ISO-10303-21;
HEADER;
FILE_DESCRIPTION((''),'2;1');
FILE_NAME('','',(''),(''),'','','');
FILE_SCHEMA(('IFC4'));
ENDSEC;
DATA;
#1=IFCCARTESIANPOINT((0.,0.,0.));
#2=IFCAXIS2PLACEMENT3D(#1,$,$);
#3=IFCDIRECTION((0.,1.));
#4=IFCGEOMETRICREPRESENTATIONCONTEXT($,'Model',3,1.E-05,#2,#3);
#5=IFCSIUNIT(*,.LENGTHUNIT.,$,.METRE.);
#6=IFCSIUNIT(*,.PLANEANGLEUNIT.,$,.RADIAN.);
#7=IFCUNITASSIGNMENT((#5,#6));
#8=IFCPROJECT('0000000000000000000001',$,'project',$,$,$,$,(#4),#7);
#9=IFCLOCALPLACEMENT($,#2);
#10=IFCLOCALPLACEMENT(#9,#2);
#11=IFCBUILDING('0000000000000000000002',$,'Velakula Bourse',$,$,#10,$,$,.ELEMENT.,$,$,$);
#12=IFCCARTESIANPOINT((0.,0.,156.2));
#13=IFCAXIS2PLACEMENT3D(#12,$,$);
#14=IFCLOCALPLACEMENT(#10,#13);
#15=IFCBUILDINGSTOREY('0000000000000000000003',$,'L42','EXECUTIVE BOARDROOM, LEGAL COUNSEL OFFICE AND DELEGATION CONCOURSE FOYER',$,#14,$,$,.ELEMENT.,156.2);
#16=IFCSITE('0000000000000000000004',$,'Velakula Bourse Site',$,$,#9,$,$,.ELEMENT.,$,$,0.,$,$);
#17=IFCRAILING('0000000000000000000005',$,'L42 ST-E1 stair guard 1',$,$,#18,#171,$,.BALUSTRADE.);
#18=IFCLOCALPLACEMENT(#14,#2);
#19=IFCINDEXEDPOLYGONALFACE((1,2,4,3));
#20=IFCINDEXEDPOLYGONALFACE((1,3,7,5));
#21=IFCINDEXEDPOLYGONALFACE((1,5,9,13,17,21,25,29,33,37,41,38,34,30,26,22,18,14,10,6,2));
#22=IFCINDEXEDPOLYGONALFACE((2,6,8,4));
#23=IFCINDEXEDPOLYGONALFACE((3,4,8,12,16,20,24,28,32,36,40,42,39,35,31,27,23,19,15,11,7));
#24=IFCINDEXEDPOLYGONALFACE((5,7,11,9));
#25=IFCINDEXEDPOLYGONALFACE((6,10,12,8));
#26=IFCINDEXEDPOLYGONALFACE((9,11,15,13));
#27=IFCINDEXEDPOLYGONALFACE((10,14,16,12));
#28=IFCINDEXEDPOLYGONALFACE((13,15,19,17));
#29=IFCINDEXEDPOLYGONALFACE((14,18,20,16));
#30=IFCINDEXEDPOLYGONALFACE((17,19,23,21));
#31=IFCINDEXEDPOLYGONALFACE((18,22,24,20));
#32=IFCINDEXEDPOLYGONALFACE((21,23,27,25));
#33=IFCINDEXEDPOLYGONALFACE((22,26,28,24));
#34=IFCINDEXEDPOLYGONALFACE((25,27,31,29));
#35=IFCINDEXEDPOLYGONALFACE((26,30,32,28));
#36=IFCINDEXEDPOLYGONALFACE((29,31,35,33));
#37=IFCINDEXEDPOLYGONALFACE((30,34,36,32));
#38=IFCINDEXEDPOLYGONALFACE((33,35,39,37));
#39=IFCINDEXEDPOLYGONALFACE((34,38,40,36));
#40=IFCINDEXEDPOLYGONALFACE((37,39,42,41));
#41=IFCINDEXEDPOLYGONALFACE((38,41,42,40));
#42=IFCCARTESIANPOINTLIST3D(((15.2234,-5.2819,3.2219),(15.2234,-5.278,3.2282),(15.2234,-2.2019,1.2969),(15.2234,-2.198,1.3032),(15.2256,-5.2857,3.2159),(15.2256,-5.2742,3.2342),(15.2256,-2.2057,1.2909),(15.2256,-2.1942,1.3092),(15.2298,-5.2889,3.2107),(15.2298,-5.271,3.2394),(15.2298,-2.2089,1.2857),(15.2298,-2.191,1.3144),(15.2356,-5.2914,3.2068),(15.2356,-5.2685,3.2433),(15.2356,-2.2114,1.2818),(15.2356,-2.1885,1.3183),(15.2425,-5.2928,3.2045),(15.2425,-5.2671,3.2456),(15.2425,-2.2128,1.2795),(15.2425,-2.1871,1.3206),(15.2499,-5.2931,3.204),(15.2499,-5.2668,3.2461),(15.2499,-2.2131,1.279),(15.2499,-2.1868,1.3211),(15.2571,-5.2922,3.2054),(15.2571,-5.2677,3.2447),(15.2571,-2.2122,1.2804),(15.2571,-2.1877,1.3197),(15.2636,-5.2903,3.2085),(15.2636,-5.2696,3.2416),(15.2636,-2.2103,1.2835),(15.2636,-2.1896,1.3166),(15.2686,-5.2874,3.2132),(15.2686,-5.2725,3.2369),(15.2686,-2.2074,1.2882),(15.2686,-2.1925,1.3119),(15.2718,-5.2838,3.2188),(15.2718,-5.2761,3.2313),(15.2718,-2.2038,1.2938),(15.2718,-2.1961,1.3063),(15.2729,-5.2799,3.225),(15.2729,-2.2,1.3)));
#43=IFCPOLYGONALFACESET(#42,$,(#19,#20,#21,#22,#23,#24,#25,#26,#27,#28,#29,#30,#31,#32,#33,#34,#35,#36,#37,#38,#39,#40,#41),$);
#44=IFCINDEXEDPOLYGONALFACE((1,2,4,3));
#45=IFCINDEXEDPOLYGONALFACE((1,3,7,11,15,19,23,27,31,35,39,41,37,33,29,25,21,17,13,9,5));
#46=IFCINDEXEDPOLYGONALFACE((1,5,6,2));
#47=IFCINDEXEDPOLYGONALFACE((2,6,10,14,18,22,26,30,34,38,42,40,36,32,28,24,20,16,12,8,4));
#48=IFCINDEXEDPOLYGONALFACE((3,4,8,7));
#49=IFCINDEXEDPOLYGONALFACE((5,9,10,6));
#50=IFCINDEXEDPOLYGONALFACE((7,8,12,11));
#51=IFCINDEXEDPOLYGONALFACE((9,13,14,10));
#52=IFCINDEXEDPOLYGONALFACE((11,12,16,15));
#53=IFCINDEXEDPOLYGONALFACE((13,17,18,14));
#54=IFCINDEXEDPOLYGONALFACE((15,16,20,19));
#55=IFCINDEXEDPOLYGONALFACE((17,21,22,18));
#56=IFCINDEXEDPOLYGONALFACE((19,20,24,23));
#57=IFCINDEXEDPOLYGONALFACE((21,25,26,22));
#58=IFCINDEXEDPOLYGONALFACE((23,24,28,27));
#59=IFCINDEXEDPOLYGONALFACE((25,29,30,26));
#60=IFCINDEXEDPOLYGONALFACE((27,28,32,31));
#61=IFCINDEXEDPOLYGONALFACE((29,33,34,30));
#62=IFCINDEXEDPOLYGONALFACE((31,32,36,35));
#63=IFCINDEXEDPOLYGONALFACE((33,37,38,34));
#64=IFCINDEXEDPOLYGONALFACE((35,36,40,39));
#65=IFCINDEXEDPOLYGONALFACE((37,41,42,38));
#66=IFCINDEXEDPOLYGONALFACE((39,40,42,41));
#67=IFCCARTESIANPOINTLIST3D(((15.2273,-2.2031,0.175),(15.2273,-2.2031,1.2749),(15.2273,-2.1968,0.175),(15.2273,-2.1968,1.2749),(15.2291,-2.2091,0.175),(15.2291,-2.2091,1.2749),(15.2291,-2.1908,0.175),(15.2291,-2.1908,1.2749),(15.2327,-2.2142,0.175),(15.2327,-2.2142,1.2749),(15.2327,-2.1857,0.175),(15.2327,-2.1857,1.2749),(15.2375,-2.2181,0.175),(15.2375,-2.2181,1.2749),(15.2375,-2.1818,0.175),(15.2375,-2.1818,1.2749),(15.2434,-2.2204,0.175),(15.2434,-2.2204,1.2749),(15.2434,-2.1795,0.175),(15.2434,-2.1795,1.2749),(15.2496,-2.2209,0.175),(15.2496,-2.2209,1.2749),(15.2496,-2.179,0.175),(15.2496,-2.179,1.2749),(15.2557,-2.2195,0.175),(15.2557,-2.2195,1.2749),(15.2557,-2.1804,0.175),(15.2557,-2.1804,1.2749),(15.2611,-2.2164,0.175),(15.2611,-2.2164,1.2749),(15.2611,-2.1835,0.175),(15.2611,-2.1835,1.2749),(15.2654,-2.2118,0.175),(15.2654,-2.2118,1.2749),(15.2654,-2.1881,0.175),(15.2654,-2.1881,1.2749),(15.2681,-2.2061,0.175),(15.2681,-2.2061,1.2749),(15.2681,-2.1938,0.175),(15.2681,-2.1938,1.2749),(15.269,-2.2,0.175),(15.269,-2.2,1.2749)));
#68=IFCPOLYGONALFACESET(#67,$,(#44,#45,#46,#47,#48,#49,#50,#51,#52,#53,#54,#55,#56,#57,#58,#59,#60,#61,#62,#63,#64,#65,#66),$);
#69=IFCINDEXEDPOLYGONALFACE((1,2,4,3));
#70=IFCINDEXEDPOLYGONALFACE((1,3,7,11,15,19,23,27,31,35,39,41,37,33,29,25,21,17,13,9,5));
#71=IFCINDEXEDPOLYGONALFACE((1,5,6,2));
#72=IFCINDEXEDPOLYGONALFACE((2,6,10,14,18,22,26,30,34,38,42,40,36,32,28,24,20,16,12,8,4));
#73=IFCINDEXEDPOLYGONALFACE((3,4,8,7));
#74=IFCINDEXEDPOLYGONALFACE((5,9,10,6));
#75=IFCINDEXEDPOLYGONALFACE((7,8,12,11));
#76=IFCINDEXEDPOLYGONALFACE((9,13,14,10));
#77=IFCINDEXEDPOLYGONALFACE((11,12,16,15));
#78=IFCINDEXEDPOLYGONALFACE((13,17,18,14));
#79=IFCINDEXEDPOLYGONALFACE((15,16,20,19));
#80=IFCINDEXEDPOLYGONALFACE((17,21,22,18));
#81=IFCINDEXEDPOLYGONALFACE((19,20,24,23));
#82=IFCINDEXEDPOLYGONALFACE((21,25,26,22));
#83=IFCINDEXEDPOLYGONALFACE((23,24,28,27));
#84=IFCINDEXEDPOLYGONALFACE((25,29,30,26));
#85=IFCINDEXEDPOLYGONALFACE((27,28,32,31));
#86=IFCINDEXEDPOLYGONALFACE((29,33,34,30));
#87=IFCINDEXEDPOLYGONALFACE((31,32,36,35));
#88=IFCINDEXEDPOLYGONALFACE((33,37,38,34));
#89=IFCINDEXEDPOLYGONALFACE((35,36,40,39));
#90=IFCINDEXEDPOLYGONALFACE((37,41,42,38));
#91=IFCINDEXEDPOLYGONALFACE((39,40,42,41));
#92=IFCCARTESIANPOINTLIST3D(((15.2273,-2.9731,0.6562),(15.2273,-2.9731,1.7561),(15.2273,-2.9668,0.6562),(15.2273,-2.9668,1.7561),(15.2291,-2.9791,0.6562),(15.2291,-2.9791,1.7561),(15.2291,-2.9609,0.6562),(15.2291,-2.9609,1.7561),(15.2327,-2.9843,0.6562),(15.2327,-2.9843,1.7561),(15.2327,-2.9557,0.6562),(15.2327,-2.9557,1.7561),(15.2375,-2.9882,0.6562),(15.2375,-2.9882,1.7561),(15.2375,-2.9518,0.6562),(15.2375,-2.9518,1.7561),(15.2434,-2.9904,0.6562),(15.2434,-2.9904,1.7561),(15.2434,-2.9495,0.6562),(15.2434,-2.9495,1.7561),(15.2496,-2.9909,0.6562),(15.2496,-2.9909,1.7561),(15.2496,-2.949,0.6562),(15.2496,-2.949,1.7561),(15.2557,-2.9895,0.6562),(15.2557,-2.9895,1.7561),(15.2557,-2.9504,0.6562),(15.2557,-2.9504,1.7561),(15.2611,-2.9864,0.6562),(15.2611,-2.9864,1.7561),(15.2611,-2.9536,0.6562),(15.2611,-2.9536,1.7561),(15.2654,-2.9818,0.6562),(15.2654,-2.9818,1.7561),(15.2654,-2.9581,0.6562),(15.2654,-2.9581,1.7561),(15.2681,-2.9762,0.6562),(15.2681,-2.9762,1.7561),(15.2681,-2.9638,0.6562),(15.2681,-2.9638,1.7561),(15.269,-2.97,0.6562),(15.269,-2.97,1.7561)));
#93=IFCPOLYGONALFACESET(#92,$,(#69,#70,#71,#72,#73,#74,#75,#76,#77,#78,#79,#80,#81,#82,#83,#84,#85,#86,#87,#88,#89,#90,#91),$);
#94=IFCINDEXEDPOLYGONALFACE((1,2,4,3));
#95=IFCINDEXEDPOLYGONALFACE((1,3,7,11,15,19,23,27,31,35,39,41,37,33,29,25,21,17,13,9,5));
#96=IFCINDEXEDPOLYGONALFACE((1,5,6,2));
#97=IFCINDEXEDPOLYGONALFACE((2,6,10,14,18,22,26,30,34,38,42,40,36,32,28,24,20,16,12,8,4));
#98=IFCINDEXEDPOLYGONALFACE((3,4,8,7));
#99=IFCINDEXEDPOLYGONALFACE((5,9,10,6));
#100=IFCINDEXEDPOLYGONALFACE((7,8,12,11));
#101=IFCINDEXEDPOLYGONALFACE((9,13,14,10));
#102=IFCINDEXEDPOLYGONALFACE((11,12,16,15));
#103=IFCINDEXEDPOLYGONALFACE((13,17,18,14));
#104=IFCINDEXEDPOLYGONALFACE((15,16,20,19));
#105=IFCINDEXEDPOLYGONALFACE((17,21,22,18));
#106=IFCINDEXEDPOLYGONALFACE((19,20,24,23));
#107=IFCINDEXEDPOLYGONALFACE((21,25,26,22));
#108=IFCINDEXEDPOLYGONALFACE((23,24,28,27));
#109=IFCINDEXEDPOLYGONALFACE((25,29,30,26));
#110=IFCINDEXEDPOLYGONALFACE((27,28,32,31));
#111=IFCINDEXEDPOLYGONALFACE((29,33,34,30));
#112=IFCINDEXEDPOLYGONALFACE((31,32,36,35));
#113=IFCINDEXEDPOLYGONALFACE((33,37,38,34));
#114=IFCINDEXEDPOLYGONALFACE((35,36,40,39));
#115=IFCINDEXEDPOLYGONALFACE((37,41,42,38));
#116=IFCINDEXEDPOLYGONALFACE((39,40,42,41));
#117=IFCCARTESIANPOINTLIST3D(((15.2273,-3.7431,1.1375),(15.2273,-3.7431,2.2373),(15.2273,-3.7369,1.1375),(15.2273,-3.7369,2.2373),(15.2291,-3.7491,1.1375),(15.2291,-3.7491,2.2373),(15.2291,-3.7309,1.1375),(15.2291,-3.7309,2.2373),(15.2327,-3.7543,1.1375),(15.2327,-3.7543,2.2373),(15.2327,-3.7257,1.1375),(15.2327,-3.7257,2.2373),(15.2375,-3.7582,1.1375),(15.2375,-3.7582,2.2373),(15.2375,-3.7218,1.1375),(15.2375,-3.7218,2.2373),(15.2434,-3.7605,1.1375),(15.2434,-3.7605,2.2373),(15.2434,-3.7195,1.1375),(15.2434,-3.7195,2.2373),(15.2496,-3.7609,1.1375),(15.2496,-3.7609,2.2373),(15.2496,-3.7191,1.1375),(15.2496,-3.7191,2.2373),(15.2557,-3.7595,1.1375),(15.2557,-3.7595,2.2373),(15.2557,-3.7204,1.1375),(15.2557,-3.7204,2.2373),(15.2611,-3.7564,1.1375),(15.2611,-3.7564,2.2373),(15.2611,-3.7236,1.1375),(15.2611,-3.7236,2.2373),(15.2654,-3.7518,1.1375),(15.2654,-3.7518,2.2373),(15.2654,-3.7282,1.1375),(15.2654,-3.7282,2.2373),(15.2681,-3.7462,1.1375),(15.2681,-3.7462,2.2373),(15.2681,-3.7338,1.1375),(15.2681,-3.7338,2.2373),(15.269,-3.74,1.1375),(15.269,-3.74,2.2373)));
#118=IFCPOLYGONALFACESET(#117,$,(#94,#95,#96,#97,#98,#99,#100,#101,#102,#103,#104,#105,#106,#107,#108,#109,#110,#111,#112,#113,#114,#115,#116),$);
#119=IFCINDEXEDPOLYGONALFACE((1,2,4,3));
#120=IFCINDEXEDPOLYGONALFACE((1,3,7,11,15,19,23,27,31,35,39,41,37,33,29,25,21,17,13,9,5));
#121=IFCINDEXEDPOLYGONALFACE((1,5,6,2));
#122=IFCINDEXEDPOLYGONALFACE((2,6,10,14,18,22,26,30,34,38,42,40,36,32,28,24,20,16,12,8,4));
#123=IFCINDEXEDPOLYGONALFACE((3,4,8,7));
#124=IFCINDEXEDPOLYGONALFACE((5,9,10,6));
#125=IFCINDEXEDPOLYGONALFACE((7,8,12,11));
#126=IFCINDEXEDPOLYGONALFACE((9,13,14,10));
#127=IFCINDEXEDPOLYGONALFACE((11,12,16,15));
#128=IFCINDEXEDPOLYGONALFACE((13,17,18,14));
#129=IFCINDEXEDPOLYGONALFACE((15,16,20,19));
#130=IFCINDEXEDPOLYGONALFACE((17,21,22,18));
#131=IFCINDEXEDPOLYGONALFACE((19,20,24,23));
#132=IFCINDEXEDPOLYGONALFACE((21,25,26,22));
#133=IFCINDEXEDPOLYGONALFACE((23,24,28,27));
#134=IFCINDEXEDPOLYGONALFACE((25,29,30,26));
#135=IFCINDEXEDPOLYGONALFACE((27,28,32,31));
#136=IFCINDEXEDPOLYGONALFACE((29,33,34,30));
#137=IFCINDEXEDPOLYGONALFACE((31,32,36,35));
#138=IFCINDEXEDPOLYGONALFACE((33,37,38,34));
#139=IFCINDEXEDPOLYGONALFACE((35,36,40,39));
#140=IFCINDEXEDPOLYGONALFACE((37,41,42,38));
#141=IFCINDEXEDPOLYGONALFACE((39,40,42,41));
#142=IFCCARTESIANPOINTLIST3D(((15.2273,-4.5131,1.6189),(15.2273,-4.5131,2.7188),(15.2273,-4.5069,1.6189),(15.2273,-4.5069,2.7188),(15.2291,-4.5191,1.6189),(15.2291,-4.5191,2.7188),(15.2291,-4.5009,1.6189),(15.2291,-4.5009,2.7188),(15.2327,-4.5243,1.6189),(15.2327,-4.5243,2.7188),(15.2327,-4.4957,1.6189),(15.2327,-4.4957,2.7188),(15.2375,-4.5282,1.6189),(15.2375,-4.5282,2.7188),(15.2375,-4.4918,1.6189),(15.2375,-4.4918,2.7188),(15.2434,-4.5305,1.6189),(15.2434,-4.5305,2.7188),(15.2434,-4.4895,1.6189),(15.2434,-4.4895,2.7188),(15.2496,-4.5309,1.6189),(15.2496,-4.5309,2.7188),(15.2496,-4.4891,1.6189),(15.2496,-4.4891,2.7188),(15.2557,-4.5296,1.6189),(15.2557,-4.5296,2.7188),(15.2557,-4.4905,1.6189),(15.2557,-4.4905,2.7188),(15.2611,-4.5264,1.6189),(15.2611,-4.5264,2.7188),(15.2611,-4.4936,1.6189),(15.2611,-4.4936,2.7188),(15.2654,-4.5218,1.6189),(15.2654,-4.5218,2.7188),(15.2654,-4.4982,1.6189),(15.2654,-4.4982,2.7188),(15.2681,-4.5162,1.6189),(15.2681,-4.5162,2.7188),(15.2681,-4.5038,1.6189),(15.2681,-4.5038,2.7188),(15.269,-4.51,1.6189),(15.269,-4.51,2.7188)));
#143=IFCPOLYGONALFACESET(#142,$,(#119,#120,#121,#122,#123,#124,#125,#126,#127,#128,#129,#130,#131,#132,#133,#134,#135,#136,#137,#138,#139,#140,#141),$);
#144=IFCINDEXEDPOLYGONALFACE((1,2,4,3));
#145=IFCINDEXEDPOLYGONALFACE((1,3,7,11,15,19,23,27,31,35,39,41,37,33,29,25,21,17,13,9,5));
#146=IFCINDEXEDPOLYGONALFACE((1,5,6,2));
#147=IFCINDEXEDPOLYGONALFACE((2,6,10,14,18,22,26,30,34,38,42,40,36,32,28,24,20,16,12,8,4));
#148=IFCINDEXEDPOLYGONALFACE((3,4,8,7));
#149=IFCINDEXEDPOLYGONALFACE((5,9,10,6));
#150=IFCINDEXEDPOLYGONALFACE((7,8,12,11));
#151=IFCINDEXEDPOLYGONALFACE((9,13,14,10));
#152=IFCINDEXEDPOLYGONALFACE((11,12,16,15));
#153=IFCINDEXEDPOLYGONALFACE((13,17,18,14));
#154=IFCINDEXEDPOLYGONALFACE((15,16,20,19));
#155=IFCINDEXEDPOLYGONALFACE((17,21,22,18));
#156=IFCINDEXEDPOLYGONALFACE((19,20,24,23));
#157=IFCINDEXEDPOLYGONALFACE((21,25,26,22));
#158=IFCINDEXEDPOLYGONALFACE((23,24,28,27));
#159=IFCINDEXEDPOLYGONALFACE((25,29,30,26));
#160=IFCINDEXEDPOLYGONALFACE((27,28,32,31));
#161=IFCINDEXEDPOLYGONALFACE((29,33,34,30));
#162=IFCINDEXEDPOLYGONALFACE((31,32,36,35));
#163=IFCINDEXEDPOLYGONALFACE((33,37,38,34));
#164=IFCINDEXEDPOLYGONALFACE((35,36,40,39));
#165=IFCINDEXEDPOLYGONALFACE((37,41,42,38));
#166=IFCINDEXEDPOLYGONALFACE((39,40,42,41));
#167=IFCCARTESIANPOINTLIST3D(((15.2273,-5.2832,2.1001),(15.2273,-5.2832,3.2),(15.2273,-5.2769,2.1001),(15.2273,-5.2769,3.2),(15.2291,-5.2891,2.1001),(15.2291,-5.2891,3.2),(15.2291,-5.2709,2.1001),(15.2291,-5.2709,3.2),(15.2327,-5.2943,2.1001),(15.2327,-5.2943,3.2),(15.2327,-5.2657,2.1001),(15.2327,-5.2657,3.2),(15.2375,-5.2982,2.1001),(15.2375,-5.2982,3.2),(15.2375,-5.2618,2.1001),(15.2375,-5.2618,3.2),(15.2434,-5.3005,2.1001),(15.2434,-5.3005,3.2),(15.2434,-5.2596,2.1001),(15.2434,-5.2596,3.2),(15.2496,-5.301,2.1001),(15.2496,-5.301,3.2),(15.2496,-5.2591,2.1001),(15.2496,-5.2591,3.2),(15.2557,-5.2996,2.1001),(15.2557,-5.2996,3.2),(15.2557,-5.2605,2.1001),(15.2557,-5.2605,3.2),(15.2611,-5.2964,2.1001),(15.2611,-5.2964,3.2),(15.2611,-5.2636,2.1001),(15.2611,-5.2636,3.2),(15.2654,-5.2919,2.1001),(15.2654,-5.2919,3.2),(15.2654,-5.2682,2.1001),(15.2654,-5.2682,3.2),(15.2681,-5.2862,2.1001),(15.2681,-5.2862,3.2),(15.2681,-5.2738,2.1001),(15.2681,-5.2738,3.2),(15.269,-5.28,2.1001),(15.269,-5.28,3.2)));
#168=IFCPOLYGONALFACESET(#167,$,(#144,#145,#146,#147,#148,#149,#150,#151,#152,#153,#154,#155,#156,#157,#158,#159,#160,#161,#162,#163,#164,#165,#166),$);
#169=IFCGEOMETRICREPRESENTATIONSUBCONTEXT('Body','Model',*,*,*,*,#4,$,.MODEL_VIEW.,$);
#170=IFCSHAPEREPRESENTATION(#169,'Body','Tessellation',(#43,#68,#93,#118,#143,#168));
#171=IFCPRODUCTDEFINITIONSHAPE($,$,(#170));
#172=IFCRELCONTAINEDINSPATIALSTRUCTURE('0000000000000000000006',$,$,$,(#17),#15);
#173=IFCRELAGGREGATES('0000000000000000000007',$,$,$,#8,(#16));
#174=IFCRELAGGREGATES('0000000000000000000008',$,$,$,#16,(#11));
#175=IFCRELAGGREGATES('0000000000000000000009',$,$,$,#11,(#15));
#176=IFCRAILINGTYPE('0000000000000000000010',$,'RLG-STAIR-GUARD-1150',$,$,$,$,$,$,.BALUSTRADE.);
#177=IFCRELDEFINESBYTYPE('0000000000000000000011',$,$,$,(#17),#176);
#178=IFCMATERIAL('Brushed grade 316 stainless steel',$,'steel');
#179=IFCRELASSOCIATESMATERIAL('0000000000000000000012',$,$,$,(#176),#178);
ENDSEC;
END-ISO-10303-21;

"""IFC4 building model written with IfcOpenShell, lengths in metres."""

from ifc_helpers import new_model, si_unit, direction, frame, origin, origin_2d, place, context, subcontext, project, spatial, circle, extrude, material, type_object, element, save


model = new_model("IFC4")

# Units and contexts
model_context = context("Model", 3, precision=1e-05, world=origin(), true_north=direction((0.0, 1.0)))
body_context = subcontext(model_context, "Body", "Model", "MODEL_VIEW")
ifc_project = project(units=[si_unit("LENGTHUNIT", "METRE"), si_unit("PLANEANGLEUNIT", "RADIAN")], contexts=[model_context])

# Site, building, storey
site_placement = place(None, origin())
site = spatial("IfcSite", under=ifc_project, at=site_placement, Name="Velakula Bourse Site", CompositionType="ELEMENT", RefElevation=0.0)
building_placement = place(site_placement, origin())
building = spatial("IfcBuilding", under=site, at=building_placement, Name="Velakula Bourse", CompositionType="ELEMENT")
storey_placement = place(building_placement, frame((0.0, 0.0, 156.2)))
storey = spatial("IfcBuildingStorey", under=building, at=storey_placement, Name="L42", Description="EXECUTIVE BOARDROOM, LEGAL COUNSEL OFFICE AND DELEGATION CONCOURSE FOYER", CompositionType="ELEMENT", Elevation=156.2)

# Shared definitions
ifc_material_1 = material(Name="Brushed grade 316 stainless steel", Category="steel")

# Railing
railing_type_1 = type_object("IfcRailingType", Name="RLG-STAIR-GUARD-1150", PredefinedType="BALUSTRADE", material=ifc_material_1)
railing_1_placement = place(storey_placement, frame((15.248, -2.2, 0.175)))
element("IfcRailing", 1, at=railing_1_placement, inside=storey, type_object=railing_type_1, Name="L42 ST-E1 stair guard 1", PredefinedType="BALUSTRADE", context=body_context, shape_type="SweptSolid", body=[
    extrude(circle(Radius=0.0249, at=origin_2d()), frame((0.0, 0.0, 1.125), z_axis=(0.0, -0.847998, 0.529999), x_axis=(1.0, 0.0, 0.0)), (0.0, 0.0, 1.0), 3.6321),
    extrude(circle(Radius=0.021, at=origin_2d()), origin(), (0.0, 0.0, 1.0), 1.0999),
    extrude(circle(Radius=0.021, at=origin_2d()), frame((0.0, -0.77, 0.4812)), (0.0, 0.0, 1.0), 1.0999),
    extrude(circle(Radius=0.021, at=origin_2d()), frame((0.0, -1.54, 0.9624)), (0.0, 0.0, 1.0), 1.0999),
    extrude(circle(Radius=0.021, at=origin_2d()), frame((0.0, -2.3101, 1.4438)), (0.0, 0.0, 1.0), 1.0999),
    extrude(circle(Radius=0.021, at=origin_2d()), frame((0.0, -3.0801, 1.925)), (0.0, 0.0, 1.0), 1.0999),
])

save(model, "model.ifc")
